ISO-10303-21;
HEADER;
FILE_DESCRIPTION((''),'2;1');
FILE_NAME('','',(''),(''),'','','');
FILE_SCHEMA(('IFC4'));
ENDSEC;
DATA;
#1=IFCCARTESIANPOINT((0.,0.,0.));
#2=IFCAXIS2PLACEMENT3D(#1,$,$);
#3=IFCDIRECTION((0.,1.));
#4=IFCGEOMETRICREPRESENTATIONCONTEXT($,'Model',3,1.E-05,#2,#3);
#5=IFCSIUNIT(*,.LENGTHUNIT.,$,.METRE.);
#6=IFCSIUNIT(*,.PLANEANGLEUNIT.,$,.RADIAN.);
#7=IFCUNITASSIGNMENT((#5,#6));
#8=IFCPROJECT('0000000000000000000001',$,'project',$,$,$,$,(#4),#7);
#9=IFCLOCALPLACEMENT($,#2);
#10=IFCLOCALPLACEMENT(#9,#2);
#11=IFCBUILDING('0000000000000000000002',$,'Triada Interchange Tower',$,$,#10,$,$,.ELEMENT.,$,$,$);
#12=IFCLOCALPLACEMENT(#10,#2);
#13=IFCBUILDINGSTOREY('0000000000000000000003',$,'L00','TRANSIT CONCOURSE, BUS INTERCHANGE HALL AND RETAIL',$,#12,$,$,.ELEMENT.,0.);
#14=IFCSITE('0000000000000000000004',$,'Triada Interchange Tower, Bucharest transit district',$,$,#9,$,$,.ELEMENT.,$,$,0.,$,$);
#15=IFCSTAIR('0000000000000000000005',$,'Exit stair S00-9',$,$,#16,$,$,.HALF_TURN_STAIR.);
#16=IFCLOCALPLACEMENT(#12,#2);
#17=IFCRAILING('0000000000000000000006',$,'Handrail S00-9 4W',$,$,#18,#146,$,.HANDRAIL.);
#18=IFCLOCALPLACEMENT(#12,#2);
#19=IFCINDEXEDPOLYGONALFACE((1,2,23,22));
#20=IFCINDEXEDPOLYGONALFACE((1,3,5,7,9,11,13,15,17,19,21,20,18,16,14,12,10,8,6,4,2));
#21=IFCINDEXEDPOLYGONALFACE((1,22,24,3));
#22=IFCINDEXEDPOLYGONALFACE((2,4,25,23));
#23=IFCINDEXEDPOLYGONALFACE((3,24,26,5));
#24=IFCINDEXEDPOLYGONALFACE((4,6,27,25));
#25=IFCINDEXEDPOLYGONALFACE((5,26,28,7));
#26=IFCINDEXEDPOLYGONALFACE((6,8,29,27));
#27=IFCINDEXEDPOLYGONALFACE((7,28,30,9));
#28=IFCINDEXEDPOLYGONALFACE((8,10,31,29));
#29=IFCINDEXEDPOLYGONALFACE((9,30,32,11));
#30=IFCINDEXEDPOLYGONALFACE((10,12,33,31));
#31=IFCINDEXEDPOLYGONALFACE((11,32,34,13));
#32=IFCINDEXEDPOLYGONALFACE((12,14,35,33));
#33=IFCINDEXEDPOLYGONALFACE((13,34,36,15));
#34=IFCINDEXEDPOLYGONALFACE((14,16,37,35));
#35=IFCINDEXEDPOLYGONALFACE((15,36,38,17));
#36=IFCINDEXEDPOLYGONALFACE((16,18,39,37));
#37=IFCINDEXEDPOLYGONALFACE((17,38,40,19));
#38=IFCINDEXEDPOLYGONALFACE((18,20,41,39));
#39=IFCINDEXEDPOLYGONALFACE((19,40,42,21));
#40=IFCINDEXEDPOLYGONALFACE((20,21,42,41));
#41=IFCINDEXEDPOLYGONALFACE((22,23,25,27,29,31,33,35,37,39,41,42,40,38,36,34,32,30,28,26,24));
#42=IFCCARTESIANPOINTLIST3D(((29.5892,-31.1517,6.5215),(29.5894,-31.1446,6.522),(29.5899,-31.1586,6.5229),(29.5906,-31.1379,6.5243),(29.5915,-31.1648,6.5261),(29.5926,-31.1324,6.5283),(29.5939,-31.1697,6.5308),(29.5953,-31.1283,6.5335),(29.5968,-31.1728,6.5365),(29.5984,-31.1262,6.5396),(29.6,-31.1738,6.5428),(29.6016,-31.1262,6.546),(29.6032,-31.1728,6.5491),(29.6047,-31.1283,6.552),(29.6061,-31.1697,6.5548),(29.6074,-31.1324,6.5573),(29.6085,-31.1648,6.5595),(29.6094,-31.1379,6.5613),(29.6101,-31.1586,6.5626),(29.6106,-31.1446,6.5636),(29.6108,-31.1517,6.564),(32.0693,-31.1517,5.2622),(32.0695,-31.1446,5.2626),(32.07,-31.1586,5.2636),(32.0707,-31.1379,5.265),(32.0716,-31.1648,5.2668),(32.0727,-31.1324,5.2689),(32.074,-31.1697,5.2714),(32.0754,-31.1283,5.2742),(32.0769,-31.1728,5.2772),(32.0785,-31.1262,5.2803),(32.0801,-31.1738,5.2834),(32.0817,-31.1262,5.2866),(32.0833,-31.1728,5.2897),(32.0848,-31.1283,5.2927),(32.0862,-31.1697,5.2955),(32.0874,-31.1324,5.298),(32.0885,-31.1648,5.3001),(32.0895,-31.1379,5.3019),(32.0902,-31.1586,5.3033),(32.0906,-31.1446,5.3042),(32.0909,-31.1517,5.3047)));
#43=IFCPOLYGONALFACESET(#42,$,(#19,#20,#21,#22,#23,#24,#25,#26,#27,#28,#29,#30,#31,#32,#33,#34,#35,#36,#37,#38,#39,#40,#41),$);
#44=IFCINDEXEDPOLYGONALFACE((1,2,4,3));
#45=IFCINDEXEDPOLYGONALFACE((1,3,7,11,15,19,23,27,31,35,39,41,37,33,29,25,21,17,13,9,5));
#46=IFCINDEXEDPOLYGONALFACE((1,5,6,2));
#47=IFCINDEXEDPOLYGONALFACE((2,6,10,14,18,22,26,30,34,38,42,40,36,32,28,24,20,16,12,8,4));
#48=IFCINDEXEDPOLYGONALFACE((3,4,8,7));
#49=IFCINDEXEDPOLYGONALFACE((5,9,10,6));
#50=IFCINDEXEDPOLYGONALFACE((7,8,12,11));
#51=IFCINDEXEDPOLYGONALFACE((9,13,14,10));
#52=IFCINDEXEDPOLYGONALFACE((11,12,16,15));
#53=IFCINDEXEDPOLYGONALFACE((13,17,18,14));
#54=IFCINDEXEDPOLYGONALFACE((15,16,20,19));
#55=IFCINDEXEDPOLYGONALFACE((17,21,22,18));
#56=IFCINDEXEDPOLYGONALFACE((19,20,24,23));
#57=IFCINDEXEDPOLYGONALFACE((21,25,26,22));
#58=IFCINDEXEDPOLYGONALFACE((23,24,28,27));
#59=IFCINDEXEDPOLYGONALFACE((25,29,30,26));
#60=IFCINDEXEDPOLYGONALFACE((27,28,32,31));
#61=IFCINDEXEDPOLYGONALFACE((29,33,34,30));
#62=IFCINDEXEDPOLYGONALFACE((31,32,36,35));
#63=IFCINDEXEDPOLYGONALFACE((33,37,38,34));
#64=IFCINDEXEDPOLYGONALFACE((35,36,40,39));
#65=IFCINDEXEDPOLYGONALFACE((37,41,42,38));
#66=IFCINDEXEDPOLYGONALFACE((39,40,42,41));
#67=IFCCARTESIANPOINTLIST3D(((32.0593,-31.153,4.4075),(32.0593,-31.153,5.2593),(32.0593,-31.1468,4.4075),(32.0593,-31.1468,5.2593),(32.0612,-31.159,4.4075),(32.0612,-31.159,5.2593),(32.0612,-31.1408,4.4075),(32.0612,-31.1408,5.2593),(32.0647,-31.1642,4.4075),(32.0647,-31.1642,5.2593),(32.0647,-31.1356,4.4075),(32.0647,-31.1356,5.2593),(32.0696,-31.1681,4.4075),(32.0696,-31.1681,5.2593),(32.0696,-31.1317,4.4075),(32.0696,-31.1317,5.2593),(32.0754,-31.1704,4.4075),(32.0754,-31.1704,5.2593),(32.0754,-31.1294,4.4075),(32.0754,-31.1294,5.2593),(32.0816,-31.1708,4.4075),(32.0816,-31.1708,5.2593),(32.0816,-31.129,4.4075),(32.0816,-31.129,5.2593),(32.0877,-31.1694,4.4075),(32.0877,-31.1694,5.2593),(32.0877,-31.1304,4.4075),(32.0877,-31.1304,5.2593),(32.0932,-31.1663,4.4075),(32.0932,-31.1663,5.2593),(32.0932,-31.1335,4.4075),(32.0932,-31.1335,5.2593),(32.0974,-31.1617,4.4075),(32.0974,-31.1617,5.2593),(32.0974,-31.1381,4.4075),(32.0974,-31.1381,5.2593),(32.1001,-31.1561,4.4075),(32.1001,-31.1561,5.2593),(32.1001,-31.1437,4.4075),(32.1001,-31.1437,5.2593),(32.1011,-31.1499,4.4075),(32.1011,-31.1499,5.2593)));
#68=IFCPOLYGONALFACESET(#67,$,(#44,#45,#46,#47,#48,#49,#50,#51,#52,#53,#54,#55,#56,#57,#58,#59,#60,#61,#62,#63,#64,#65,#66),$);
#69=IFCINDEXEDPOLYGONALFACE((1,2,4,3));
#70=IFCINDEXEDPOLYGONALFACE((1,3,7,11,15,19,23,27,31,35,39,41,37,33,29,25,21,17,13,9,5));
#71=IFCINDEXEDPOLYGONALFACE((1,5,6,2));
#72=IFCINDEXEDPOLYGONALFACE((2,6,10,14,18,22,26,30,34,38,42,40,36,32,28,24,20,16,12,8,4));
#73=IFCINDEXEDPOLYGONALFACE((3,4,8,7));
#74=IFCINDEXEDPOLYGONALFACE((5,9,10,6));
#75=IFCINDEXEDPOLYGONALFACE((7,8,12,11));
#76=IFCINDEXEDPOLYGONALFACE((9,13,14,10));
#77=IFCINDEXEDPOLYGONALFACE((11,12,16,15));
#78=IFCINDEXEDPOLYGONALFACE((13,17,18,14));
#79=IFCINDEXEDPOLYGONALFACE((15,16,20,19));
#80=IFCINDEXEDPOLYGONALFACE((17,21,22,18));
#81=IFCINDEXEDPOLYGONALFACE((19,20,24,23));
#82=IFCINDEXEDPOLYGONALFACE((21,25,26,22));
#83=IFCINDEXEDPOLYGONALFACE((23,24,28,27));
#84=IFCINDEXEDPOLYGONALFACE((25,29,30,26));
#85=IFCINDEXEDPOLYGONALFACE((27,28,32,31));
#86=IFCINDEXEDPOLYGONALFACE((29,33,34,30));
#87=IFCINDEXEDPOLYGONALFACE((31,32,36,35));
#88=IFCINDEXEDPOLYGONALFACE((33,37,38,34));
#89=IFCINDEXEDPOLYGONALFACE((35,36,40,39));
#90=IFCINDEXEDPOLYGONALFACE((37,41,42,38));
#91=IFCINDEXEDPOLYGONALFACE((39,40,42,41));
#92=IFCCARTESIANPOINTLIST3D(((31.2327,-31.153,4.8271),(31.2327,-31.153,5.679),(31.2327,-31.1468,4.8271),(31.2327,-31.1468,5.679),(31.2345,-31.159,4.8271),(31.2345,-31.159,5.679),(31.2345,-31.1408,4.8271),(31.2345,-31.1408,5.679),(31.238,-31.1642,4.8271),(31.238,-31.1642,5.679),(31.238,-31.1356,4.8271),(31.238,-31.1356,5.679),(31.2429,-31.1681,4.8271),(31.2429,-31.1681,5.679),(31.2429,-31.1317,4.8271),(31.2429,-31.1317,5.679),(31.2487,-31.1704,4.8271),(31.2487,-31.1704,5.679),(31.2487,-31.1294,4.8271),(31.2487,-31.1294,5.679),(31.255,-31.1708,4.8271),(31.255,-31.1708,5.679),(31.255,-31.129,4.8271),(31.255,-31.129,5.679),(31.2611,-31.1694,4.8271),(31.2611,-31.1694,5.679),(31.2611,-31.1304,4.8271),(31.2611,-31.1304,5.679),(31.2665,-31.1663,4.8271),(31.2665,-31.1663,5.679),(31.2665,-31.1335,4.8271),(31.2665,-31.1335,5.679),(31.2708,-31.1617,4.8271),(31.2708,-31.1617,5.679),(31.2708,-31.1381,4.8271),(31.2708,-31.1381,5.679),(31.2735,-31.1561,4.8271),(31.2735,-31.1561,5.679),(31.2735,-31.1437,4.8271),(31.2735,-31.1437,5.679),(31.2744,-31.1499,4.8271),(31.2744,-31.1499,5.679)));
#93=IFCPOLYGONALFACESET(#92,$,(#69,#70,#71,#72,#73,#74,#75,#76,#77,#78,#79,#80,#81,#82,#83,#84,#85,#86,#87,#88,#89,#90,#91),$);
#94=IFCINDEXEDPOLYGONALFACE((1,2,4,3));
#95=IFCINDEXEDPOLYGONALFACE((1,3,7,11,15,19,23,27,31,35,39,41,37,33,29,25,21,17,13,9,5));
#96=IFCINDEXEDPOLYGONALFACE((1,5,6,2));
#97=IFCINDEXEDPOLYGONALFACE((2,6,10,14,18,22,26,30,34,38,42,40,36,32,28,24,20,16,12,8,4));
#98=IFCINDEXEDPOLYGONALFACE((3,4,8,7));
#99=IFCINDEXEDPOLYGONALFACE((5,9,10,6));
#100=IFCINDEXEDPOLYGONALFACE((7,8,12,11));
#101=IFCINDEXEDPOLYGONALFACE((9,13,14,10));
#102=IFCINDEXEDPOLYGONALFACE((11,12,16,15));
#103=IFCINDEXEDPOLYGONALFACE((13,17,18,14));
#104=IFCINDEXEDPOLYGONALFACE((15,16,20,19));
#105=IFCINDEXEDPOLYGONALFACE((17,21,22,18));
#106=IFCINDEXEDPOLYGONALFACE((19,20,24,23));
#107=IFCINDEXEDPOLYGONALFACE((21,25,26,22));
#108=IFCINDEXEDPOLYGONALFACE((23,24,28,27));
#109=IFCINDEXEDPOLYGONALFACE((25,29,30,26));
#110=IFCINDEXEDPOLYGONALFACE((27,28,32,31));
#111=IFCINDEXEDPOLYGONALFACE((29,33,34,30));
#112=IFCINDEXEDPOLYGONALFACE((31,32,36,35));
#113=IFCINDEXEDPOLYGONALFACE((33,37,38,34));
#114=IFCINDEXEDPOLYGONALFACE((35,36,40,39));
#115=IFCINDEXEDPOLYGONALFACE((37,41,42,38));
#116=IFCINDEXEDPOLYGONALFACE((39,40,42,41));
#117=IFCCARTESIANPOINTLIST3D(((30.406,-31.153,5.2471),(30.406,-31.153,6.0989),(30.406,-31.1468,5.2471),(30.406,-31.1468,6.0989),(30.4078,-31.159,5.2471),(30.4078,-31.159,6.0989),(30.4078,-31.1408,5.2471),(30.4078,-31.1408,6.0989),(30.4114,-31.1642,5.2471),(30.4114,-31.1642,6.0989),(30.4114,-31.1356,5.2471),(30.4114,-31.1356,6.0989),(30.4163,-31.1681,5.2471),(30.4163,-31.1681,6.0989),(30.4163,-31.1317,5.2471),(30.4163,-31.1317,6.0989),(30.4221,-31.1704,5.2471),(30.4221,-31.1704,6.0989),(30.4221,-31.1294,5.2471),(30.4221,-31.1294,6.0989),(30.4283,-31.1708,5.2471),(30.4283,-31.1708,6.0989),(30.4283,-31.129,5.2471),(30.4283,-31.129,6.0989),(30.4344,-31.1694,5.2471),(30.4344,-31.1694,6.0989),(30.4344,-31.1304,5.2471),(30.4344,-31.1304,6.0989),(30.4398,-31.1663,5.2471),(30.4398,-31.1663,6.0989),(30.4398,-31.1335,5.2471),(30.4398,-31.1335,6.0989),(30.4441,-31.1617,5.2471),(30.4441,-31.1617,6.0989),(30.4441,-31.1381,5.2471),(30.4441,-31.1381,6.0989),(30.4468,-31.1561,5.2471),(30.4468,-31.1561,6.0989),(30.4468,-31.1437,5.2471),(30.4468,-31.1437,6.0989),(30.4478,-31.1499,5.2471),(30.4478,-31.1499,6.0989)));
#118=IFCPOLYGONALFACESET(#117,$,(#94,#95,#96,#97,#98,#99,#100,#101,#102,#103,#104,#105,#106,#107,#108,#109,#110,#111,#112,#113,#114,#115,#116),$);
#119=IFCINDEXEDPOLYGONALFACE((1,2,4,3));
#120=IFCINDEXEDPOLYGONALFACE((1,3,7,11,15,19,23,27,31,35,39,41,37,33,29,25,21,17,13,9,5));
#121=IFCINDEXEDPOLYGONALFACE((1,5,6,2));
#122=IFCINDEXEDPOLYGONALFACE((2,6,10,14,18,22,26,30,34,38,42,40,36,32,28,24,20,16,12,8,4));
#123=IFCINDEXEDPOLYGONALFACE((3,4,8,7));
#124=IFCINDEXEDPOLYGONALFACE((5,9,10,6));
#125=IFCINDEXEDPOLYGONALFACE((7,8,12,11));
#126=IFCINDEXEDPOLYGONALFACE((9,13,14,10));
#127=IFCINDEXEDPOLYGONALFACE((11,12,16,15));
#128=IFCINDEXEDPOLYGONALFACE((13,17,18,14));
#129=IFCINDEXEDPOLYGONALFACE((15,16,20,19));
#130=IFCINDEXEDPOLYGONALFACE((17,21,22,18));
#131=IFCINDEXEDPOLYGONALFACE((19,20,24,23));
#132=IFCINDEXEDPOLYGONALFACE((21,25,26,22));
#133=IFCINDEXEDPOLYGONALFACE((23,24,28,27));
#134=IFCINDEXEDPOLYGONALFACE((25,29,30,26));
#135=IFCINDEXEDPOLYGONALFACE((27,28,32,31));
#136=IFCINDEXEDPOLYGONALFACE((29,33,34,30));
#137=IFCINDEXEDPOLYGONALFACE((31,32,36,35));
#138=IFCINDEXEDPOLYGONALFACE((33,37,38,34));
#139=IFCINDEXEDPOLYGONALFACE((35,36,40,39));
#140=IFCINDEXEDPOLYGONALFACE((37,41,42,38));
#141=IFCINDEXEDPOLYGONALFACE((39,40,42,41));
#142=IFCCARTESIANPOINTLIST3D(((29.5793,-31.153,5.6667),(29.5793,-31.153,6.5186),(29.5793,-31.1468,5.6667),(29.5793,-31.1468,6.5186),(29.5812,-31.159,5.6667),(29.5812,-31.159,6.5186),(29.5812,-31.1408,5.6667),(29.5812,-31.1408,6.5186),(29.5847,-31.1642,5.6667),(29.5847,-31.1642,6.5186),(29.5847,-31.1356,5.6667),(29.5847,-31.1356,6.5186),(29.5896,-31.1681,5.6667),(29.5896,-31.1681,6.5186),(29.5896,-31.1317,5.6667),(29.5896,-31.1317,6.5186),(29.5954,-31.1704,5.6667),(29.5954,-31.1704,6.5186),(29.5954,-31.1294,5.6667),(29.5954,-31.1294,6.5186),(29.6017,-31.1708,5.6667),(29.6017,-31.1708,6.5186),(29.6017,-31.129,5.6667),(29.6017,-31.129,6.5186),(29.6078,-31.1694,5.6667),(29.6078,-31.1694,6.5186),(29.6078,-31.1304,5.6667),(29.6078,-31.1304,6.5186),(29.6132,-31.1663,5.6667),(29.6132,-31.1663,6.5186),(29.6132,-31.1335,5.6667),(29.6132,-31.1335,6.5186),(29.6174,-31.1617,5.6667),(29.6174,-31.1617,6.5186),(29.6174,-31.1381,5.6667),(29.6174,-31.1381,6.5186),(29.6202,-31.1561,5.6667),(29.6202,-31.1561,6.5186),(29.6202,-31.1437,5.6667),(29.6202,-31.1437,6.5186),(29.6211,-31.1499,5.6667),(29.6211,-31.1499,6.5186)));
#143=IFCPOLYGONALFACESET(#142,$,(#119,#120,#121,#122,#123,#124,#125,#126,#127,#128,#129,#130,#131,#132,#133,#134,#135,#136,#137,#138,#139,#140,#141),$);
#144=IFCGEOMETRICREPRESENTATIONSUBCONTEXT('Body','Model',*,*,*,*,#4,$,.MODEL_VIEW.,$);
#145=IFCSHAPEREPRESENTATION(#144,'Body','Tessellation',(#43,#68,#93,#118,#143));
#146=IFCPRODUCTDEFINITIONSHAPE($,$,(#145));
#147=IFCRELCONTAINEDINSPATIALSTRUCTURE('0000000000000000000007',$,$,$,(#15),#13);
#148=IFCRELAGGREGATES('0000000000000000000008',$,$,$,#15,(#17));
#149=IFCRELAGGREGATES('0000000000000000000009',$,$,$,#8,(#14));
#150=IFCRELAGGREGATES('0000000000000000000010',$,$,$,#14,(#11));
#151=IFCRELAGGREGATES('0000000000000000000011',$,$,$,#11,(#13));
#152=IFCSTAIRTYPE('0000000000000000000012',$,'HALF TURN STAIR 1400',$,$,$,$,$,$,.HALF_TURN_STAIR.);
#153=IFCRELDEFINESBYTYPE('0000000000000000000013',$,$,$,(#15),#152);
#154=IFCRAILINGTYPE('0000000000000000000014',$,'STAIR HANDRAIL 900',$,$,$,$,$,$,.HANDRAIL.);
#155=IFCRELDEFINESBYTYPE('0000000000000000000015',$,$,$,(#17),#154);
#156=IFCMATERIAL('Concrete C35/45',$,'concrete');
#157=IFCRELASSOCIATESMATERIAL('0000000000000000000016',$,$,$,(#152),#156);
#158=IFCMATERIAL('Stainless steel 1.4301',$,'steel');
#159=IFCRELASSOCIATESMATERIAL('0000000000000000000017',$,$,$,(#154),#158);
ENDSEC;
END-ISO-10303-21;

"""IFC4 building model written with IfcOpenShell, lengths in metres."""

from ifc_helpers import new_model, si_unit, direction, frame, origin, origin_2d, place, context, subcontext, project, spatial, circle, extrude, material, type_object, element, aggregate, save


model = new_model("IFC4")

# Units and contexts
model_context = context("Model", 3, precision=1e-05, world=origin(), true_north=direction((0.0, 1.0)))
body_context = subcontext(model_context, "Body", "Model", "MODEL_VIEW")
ifc_project = project(units=[si_unit("LENGTHUNIT", "METRE"), si_unit("PLANEANGLEUNIT", "RADIAN")], contexts=[model_context])

# Site, building, storey
site_placement = place(None, origin())
site = spatial("IfcSite", under=ifc_project, at=site_placement, Name="Triada Interchange Tower, Bucharest transit district", CompositionType="ELEMENT", RefElevation=0.0)
building_placement = place(site_placement, origin())
building = spatial("IfcBuilding", under=site, at=building_placement, Name="Triada Interchange Tower", CompositionType="ELEMENT")
storey_placement = place(building_placement, origin())
storey = spatial("IfcBuildingStorey", under=building, at=storey_placement, Name="L00", Description="TRANSIT CONCOURSE, BUS INTERCHANGE HALL AND RETAIL", CompositionType="ELEMENT", Elevation=0.0)

# Stair, railing
ifc_material_1 = material(Name="Concrete C35/45", Category="concrete")
stair_type = type_object("IfcStairType", Name="HALF TURN STAIR 1400", PredefinedType="HALF_TURN_STAIR", material=ifc_material_1)
stair_placement = place(storey_placement, origin())
stair = element("IfcStair", 1, at=stair_placement, inside=storey, type_object=stair_type, Name="Exit stair S00-9", PredefinedType="HALF_TURN_STAIR")
ifc_material_2 = material(Name="Stainless steel 1.4301", Category="steel")
railing_type = type_object("IfcRailingType", Name="STAIR HANDRAIL 900", PredefinedType="HANDRAIL", material=ifc_material_2)
railing_1_placement = place(storey_placement, frame((32.0801, -31.1499, 4.4075)))
railing_1 = element("IfcRailing", 2, at=railing_1_placement, type_object=railing_type, Name="Handrail S00-9 4W", PredefinedType="HANDRAIL", context=body_context, shape_type="SweptSolid", body=[
    extrude(circle(Radius=0.0239, at=origin_2d()), frame((0.0, 0.0, 0.876), z_axis=(-0.891636, 0.0, 0.452752), x_axis=(0.0, -1.0, 0.0)), (0.0, 0.0, 1.0), 2.7815),
    extrude(circle(Radius=0.021, at=origin_2d()), origin(), (0.0, 0.0, 1.0), 0.8518),
    extrude(circle(Radius=0.021, at=origin_2d()), frame((-0.8267, 0.0, 0.4197)), (0.0, 0.0, 1.0), 0.8518),
    extrude(circle(Radius=0.021, at=origin_2d()), frame((-1.6533, 0.0, 0.8396)), (0.0, 0.0, 1.0), 0.8518),
    extrude(circle(Radius=0.021, at=origin_2d()), frame((-2.48, 0.0, 1.2593)), (0.0, 0.0, 1.0), 0.8518),
])
aggregate(stair, [railing_1])

save(model, "model.ifc")
